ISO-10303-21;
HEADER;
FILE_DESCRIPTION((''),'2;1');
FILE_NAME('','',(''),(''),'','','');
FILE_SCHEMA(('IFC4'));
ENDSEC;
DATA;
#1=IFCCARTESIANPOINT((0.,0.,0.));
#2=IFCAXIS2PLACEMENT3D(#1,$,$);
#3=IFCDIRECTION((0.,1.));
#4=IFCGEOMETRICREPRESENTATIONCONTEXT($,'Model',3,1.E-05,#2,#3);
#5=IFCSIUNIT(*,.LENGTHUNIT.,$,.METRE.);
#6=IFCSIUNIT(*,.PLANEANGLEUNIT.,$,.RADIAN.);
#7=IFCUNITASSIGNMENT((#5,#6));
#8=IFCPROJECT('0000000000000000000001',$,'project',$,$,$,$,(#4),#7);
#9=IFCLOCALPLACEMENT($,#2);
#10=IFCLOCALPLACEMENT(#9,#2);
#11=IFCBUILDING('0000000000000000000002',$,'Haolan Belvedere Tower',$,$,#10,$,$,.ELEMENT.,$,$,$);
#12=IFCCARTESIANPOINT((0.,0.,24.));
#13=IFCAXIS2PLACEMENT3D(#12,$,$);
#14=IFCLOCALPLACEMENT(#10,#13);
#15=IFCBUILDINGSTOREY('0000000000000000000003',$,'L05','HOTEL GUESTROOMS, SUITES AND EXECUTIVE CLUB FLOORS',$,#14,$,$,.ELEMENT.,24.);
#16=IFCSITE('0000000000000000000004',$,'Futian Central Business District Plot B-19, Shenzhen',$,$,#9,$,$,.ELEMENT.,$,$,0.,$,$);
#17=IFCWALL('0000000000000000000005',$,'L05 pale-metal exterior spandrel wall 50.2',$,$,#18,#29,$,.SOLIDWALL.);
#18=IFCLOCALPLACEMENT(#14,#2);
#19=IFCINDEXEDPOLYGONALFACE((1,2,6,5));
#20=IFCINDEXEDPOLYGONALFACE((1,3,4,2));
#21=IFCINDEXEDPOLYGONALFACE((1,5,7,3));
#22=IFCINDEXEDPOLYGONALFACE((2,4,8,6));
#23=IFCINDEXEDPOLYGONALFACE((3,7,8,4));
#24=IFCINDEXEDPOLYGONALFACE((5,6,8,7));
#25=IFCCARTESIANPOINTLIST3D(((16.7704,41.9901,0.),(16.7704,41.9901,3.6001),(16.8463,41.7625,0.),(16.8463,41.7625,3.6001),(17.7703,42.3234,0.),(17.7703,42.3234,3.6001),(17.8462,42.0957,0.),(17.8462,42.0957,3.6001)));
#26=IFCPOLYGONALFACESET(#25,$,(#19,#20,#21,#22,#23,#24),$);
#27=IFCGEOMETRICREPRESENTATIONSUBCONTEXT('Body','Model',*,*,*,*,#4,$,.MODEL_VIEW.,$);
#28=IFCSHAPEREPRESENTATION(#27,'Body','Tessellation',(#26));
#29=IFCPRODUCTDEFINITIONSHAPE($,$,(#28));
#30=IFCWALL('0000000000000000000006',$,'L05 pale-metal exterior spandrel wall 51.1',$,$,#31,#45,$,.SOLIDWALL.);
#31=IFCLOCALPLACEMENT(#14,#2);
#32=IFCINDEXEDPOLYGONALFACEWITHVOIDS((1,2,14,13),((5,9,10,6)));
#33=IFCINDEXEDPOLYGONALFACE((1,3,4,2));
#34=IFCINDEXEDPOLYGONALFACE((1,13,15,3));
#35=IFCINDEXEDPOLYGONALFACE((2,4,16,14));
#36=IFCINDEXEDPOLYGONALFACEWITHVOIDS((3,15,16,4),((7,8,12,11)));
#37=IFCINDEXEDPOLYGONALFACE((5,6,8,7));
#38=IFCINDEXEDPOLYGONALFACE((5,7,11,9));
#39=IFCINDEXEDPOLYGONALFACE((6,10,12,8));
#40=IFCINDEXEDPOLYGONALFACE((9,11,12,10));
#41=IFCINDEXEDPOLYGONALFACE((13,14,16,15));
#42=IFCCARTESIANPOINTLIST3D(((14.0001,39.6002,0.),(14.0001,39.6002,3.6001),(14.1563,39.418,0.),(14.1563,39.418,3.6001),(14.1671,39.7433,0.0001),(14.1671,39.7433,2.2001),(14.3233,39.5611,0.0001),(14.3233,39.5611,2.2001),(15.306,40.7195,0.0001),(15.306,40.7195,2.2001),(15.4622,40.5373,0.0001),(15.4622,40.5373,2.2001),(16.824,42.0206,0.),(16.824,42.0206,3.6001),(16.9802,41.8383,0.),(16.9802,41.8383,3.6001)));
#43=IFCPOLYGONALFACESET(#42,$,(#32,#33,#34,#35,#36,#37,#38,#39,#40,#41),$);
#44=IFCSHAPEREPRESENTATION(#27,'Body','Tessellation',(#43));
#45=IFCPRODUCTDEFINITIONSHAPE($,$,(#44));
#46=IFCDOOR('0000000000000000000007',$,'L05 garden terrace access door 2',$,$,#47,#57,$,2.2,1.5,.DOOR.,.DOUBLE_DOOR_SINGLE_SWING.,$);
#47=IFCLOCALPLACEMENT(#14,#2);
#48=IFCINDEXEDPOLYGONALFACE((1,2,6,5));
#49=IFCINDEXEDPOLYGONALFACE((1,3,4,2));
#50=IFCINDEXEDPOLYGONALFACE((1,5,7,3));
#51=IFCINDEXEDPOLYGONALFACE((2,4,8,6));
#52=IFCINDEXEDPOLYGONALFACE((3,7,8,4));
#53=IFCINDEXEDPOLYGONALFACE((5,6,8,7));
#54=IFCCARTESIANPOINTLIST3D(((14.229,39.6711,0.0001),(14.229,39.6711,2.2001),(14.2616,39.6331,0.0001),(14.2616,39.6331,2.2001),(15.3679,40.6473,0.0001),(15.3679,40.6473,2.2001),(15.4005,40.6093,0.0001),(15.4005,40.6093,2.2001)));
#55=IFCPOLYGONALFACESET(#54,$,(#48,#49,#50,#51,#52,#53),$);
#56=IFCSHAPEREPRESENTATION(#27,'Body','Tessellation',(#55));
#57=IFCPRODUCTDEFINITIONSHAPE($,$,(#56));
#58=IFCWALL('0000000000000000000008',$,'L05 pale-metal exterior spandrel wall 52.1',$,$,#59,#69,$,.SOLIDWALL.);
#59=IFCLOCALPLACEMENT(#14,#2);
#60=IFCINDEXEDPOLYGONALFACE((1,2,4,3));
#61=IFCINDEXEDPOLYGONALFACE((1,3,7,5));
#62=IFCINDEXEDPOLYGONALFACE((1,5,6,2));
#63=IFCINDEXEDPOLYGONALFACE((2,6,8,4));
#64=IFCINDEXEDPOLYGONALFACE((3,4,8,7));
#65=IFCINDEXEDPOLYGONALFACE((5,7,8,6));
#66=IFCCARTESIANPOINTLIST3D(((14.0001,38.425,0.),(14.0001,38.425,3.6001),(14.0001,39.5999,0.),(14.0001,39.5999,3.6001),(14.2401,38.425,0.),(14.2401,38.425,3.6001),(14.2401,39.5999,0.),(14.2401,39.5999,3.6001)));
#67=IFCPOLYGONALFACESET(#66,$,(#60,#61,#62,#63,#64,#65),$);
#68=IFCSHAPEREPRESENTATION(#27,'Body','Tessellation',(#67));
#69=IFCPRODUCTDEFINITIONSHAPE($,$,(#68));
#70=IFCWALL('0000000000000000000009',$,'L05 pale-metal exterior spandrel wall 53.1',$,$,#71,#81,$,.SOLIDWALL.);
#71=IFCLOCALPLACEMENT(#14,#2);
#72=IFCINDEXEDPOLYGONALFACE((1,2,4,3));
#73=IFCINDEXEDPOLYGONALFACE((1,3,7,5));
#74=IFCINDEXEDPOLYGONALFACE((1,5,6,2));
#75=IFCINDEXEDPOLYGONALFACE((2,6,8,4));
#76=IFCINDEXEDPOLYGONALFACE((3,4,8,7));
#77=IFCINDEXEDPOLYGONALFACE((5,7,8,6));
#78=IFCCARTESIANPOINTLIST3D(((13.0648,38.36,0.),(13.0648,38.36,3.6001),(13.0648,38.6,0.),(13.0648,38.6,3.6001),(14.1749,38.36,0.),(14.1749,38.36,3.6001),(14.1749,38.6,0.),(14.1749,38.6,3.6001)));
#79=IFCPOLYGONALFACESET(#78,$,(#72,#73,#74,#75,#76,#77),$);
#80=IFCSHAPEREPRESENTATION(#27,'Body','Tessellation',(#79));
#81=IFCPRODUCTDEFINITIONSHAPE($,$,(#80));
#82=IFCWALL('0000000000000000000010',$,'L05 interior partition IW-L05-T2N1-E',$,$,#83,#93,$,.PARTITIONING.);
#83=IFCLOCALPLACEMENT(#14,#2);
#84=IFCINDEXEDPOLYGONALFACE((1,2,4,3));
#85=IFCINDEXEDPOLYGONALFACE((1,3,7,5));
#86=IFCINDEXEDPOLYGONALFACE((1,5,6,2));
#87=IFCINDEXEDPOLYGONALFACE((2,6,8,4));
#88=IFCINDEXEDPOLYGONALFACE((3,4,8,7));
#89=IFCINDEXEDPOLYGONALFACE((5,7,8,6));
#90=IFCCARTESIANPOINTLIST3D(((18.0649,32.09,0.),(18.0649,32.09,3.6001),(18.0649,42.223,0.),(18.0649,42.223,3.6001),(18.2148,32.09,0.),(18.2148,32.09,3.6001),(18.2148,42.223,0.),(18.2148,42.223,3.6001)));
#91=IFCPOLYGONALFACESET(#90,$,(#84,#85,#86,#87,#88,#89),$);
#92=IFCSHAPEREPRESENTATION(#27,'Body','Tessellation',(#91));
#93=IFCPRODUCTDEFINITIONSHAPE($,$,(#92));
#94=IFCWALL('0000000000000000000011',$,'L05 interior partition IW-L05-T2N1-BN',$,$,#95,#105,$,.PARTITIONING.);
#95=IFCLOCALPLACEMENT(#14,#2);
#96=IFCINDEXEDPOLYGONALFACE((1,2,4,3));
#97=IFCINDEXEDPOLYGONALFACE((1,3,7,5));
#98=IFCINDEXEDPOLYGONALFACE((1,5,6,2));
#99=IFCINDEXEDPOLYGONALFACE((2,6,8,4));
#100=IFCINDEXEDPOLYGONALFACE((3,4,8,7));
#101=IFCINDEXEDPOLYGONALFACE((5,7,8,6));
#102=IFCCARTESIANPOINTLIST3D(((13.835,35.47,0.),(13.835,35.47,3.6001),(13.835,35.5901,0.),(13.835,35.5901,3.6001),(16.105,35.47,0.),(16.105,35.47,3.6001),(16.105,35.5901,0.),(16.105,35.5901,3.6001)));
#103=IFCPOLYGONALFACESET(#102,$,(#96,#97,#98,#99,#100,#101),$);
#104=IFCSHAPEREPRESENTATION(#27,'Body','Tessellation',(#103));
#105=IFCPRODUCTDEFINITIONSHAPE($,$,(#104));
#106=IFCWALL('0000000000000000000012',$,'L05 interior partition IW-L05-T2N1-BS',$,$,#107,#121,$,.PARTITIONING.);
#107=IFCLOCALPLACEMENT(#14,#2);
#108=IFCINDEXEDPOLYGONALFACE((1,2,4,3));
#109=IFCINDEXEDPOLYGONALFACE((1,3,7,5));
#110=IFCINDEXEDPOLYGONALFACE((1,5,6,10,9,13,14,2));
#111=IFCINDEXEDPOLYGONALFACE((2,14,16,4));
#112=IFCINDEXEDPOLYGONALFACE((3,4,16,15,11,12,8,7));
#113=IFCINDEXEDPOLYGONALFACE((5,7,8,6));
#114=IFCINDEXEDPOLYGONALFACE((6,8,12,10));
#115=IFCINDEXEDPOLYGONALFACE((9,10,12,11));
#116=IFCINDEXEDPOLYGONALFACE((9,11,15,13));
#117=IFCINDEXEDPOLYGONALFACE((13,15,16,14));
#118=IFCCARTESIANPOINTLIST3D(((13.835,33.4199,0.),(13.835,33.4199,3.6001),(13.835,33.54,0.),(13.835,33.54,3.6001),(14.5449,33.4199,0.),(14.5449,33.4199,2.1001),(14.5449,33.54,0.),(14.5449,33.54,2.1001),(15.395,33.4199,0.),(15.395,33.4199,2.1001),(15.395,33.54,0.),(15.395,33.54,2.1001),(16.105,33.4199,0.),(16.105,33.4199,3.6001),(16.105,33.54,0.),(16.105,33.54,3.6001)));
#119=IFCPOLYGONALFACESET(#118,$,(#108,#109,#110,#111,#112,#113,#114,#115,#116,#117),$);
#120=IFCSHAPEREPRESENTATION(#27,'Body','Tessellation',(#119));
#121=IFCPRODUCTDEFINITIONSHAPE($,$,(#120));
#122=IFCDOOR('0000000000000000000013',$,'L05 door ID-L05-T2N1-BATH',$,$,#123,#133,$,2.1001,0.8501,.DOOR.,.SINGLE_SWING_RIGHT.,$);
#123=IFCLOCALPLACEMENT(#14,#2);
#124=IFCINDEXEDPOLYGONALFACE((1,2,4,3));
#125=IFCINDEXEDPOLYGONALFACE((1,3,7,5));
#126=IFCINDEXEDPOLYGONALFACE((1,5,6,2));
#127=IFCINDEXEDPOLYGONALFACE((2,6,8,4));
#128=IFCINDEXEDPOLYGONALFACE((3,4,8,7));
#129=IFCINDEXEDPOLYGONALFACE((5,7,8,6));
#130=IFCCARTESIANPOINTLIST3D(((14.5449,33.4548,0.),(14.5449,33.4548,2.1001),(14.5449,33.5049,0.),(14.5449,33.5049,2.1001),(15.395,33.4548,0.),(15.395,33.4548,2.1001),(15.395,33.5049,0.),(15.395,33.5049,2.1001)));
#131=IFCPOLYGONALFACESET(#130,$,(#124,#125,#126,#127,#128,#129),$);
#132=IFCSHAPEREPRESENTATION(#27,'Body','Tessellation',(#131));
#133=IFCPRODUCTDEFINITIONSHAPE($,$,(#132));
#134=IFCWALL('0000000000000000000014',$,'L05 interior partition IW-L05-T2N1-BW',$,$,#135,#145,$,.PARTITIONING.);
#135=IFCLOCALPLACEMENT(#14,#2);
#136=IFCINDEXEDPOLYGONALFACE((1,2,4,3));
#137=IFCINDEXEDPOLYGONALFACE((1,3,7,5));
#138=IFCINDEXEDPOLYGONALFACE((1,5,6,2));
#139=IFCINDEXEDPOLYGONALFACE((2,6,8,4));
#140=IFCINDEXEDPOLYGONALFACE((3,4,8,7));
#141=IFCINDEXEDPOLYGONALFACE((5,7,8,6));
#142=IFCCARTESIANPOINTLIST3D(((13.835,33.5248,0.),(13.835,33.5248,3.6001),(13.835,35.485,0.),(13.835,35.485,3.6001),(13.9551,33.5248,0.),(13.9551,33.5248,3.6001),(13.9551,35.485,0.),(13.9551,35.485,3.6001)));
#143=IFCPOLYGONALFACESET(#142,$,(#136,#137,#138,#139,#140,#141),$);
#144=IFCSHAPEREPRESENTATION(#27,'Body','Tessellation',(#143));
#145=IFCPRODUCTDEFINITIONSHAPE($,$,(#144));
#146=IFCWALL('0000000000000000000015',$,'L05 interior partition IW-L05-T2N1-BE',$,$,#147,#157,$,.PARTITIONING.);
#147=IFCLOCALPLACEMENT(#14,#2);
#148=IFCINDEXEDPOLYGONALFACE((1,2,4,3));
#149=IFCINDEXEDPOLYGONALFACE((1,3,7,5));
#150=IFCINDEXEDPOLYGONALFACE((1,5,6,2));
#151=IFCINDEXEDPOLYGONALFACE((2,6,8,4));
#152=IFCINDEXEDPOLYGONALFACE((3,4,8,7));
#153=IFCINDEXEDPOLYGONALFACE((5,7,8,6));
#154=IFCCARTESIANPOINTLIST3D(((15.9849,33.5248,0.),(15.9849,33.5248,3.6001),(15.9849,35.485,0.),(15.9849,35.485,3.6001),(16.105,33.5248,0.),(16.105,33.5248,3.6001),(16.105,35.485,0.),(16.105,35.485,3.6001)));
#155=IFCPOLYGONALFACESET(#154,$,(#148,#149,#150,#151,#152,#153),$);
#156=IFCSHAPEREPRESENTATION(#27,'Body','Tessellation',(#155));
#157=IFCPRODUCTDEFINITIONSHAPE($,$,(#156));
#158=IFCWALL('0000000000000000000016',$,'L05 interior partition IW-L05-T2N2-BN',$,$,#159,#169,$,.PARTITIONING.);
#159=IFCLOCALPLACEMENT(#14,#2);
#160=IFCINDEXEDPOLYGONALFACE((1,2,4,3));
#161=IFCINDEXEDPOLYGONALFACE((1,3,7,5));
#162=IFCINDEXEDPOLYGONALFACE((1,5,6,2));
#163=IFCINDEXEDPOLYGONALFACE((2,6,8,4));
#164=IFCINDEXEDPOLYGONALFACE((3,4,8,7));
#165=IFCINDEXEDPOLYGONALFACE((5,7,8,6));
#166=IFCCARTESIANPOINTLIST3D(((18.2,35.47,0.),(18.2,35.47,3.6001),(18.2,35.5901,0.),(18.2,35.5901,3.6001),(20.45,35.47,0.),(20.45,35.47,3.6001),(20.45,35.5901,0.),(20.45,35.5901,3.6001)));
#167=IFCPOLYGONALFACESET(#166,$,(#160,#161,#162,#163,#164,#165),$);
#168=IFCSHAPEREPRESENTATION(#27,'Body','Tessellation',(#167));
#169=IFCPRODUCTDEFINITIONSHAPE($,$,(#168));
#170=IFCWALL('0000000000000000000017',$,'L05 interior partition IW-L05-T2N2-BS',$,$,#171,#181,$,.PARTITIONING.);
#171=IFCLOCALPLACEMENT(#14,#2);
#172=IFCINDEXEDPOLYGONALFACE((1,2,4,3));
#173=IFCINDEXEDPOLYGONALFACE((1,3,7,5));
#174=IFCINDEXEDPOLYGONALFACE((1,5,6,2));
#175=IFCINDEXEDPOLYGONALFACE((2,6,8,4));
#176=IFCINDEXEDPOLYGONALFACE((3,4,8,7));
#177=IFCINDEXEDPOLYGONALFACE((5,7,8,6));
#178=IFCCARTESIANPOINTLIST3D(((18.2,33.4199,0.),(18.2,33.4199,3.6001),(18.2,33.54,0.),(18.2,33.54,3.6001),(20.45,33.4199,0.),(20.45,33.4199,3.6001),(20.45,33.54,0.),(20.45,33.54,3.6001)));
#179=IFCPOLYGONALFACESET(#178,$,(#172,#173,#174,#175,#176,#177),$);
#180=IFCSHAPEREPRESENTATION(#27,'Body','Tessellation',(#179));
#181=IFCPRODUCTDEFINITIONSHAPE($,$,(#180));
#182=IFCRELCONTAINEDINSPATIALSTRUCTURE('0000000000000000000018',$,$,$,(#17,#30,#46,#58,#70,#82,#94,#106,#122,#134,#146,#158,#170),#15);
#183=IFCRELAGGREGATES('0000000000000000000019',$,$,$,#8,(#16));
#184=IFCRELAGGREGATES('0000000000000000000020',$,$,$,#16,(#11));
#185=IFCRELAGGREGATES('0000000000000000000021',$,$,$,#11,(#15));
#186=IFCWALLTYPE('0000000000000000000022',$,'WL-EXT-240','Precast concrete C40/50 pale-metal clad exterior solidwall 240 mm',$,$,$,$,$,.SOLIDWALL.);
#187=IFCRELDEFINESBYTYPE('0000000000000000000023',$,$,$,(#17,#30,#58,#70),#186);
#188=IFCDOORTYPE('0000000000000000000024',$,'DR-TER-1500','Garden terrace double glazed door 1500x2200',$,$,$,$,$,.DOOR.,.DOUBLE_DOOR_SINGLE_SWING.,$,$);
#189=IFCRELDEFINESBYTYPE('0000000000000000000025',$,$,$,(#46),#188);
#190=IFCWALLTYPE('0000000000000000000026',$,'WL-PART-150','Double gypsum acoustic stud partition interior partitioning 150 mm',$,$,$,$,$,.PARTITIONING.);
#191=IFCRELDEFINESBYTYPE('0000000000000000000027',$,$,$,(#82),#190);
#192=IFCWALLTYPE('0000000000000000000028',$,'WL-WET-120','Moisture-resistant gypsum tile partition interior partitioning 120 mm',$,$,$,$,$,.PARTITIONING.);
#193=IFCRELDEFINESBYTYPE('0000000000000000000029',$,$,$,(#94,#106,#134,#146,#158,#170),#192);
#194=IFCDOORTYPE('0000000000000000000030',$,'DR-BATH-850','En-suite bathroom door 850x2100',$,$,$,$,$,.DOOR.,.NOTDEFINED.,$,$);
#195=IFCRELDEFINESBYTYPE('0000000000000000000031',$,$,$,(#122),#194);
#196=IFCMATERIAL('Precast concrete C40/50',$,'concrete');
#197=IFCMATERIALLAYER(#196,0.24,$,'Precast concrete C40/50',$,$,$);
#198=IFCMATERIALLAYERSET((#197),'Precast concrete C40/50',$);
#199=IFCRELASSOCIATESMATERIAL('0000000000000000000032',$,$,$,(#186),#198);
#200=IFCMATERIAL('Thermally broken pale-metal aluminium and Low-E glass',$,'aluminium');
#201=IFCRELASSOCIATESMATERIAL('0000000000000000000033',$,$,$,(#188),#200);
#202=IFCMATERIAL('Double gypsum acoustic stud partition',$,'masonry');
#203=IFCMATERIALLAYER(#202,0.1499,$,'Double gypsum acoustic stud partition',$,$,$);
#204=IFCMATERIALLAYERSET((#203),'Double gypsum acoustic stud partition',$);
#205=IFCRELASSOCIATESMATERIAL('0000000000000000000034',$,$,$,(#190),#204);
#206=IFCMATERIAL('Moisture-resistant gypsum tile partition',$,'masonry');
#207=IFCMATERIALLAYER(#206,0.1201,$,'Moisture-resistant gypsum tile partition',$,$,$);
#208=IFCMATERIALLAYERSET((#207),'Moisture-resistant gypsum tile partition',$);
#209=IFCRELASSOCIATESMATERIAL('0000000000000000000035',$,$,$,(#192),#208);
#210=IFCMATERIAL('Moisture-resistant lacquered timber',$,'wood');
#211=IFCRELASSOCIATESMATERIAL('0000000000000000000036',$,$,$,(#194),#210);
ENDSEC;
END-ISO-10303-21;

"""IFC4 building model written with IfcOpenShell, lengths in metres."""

from ifc_helpers import new_model, si_unit, direction, frame, frame_2d, origin, place, context, subcontext, project, spatial, rectangle, extrude, material, layer, layer_set, type_object, element, fill, save


model = new_model("IFC4")

# Units and contexts
model_context = context("Model", 3, precision=1e-05, world=origin(), true_north=direction((0.0, 1.0)))
body_context = subcontext(model_context, "Body", "Model", "MODEL_VIEW")
ifc_project = project(units=[si_unit("LENGTHUNIT", "METRE"), si_unit("PLANEANGLEUNIT", "RADIAN")], contexts=[model_context])

# Site, building, storey
site_placement = place(None, origin())
site = spatial("IfcSite", under=ifc_project, at=site_placement, Name="Futian Central Business District Plot B-19, Shenzhen", CompositionType="ELEMENT", RefElevation=0.0)
building_placement = place(site_placement, origin())
building = spatial("IfcBuilding", under=site, at=building_placement, Name="Haolan Belvedere Tower", CompositionType="ELEMENT")
storey_placement = place(building_placement, frame((0.0, 0.0, 24.0)))
storey = spatial("IfcBuildingStorey", under=building, at=storey_placement, Name="L05", Description="HOTEL GUESTROOMS, SUITES AND EXECUTIVE CLUB FLOORS", CompositionType="ELEMENT", Elevation=24.0)

# Wall
ifc_material_1 = material(Name="Precast concrete C40/50", Category="concrete")
ifc_layer_1 = layer(ifc_material_1, 0.24, Name="Precast concrete C40/50")
ifc_layer_set_1 = layer_set([ifc_layer_1], Name="Precast concrete C40/50")
wall_type_1 = type_object("IfcWallType", Name="WL-EXT-240", Description="Precast concrete C40/50 pale-metal clad exterior solidwall 240 mm", PredefinedType="SOLIDWALL", material=ifc_layer_set_1)
wall_1_placement = place(storey_placement, frame((17.8081, 42.2095, 0.0), z_axis=(0.0, 0.0, 1.0), x_axis=(-0.948706, -0.316158, 0.0)))
element("IfcWall", 1, at=wall_1_placement, inside=storey, type_object=wall_type_1, Name="L05 pale-metal exterior spandrel wall 50.2", PredefinedType="SOLIDWALL", context=body_context, shape_type="SweptSolid", body=[
    extrude(rectangle(XDim=1.054, YDim=0.24, at=frame_2d((0.5269, 0.0))), origin(), (0.0, 0.0, 1.0), 3.6001),
])

# Wall, opening, door
wall_2_placement = place(storey_placement, frame((16.9021, 41.9294, 0.0), z_axis=(0.0, 0.0, 1.0), x_axis=(-0.759275, -0.65077, 0.0)))
wall_2 = element("IfcWall", 2, at=wall_2_placement, inside=storey, type_object=wall_type_1, Name="L05 pale-metal exterior spandrel wall 51.1", PredefinedType="SOLIDWALL", context=body_context, shape_type="SweptSolid", body=[
    extrude(rectangle(XDim=3.7192, YDim=0.24, at=frame_2d((1.8596, 0.0))), origin(), (0.0, 0.0, 1.0), 3.6001),
])
opening_1_placement = place(wall_2_placement, frame((3.4993, 0.0, 0.0), z_axis=(0.0, 0.0, 1.0), x_axis=(-1.0, 0.0, 0.0)))
opening_1 = element("IfcOpeningElement", 3, at=opening_1_placement, cuts=wall_2, PredefinedType="OPENING", context=body_context, shape_type="SweptSolid", body=[
    extrude(rectangle(XDim=1.5, YDim=2.2, at=frame_2d((0.75, 1.1001))), frame((0.0, 0.1299, 0.0), z_axis=(0.0, -1.0, 0.0), x_axis=(1.0, 0.0, 0.0)), (0.0, 0.0, 1.0), 0.26),
])
ifc_material_2 = material(Name="Thermally broken pale-metal aluminium and Low-E glass", Category="aluminium")
door_type_1 = type_object("IfcDoorType", Name="DR-TER-1500", Description="Garden terrace double glazed door 1500x2200", OperationType="DOUBLE_DOOR_SINGLE_SWING", PredefinedType="DOOR", material=ifc_material_2)
door_1_placement = place(opening_1_placement, origin())
door_1 = element("IfcDoor", 4, at=door_1_placement, inside=storey, type_object=door_type_1, Name="L05 garden terrace access door 2", OperationType="DOUBLE_DOOR_SINGLE_SWING", OverallHeight=2.2, OverallWidth=1.5, PredefinedType="DOOR", context=body_context, shape_type="SweptSolid", body=[
    extrude(rectangle(XDim=1.5, YDim=2.2, at=frame_2d((0.75, 1.1001))), frame((0.0, 0.0249, 0.0), z_axis=(0.0, -1.0, 0.0), x_axis=(1.0, 0.0, 0.0)), (0.0, 0.0, 1.0), 0.05),
])
fill(opening_1, door_1)

# Walls
wall_3_placement = place(storey_placement, frame((14.1201, 39.5999, 0.0), z_axis=(0.0, 0.0, 1.0), x_axis=(0.0, -1.0, 0.0)))
element("IfcWall", 5, at=wall_3_placement, inside=storey, type_object=wall_type_1, Name="L05 pale-metal exterior spandrel wall 52.1", PredefinedType="SOLIDWALL", context=body_context, shape_type="SweptSolid", body=[
    extrude(rectangle(XDim=1.1748, YDim=0.24, at=frame_2d((0.5874, 0.0))), origin(), (0.0, 0.0, 1.0), 3.6001),
])
wall_4_placement = place(storey_placement, frame((14.175, 38.48, 0.0), z_axis=(0.0, 0.0, 1.0), x_axis=(-1.0, 0.0, 0.0)))
element("IfcWall", 6, at=wall_4_placement, inside=storey, type_object=wall_type_1, Name="L05 pale-metal exterior spandrel wall 53.1", PredefinedType="SOLIDWALL", context=body_context, shape_type="SweptSolid", body=[
    extrude(rectangle(XDim=1.1101, YDim=0.24, at=frame_2d((0.5552, 0.0))), origin(), (0.0, 0.0, 1.0), 3.6001),
])
ifc_material_3 = material(Name="Double gypsum acoustic stud partition", Category="masonry")
ifc_layer_2 = layer(ifc_material_3, 0.1499, Name="Double gypsum acoustic stud partition")
ifc_layer_set_2 = layer_set([ifc_layer_2], Name="Double gypsum acoustic stud partition")
wall_type_2 = type_object("IfcWallType", Name="WL-PART-150", Description="Double gypsum acoustic stud partition interior partitioning 150 mm", PredefinedType="PARTITIONING", material=ifc_layer_set_2)
wall_5_placement = place(storey_placement, frame((18.1399, 32.0901, 0.0), z_axis=(0.0, 0.0, 1.0), x_axis=(0.0, 1.0, 0.0)))
element("IfcWall", 7, at=wall_5_placement, inside=storey, type_object=wall_type_2, Name="L05 interior partition IW-L05-T2N1-E", PredefinedType="PARTITIONING", context=body_context, shape_type="SweptSolid", body=[
    extrude(rectangle(XDim=10.1331, YDim=0.1499, at=frame_2d((5.0664, 0.0))), origin(), (0.0, 0.0, 1.0), 3.6001),
])

# Wall
ifc_material_4 = material(Name="Moisture-resistant gypsum tile partition", Category="masonry")
ifc_layer_3 = layer(ifc_material_4, 0.1201, Name="Moisture-resistant gypsum tile partition")
ifc_layer_set_3 = layer_set([ifc_layer_3], Name="Moisture-resistant gypsum tile partition")
wall_type_3 = type_object("IfcWallType", Name="WL-WET-120", Description="Moisture-resistant gypsum tile partition interior partitioning 120 mm", PredefinedType="PARTITIONING", material=ifc_layer_set_3)
wall_6_placement = place(storey_placement, frame((13.835, 35.53, 0.0), z_axis=(0.0, 0.0, 1.0), x_axis=(1.0, 0.0, 0.0)))
element("IfcWall", 8, at=wall_6_placement, inside=storey, type_object=wall_type_3, Name="L05 interior partition IW-L05-T2N1-BN", PredefinedType="PARTITIONING", context=body_context, shape_type="SweptSolid", body=[
    extrude(rectangle(XDim=2.27, YDim=0.1201, at=frame_2d((1.135, 0.0))), origin(), (0.0, 0.0, 1.0), 3.6001),
])

# Wall, opening, door
wall_7_placement = place(storey_placement, frame((13.835, 33.48, 0.0), z_axis=(0.0, 0.0, 1.0), x_axis=(1.0, 0.0, 0.0)))
wall_7 = element("IfcWall", 9, at=wall_7_placement, inside=storey, type_object=wall_type_3, Name="L05 interior partition IW-L05-T2N1-BS", PredefinedType="PARTITIONING", context=body_context, shape_type="SweptSolid", body=[
    extrude(rectangle(XDim=2.27, YDim=0.1201, at=frame_2d((1.135, 0.0))), origin(), (0.0, 0.0, 1.0), 3.6001),
])
opening_2_placement = place(wall_7_placement, frame((0.71, 0.0, 0.0)))
opening_2 = element("IfcOpeningElement", 10, at=opening_2_placement, cuts=wall_7, PredefinedType="OPENING", context=body_context, shape_type="SweptSolid", body=[
    extrude(rectangle(XDim=0.8501, YDim=2.1001, at=frame_2d((0.425, 1.05))), frame((0.0, 0.0701, 0.0), z_axis=(0.0, -1.0, 0.0), x_axis=(1.0, 0.0, 0.0)), (0.0, 0.0, 1.0), 0.1401),
])
ifc_material_5 = material(Name="Moisture-resistant lacquered timber", Category="wood")
door_type_2 = type_object("IfcDoorType", Name="DR-BATH-850", Description="En-suite bathroom door 850x2100", OperationType="NOTDEFINED", PredefinedType="DOOR", material=ifc_material_5)
door_2_placement = place(opening_2_placement, origin())
door_2 = element("IfcDoor", 11, at=door_2_placement, inside=storey, type_object=door_type_2, Name="L05 door ID-L05-T2N1-BATH", OperationType="SINGLE_SWING_RIGHT", OverallHeight=2.1001, OverallWidth=0.8501, PredefinedType="DOOR", context=body_context, shape_type="SweptSolid", body=[
    extrude(rectangle(XDim=0.8501, YDim=2.1001, at=frame_2d((0.425, 1.05))), frame((0.0, 0.0249, 0.0), z_axis=(0.0, -1.0, 0.0), x_axis=(1.0, 0.0, 0.0)), (0.0, 0.0, 1.0), 0.05),
])
fill(opening_2, door_2)

# Walls
for number, where, z_axis, x_axis, name in (
    (12, (13.895, 33.5249, 0.0), (0.0, 0.0, 1.0), (0.0, 1.0, 0.0), "L05 interior partition IW-L05-T2N1-BW"),
    (13, (16.0449, 33.5249, 0.0), (0.0, 0.0, 1.0), (0.0, 1.0, 0.0), "L05 interior partition IW-L05-T2N1-BE"),
):
    element("IfcWall", number, at=place(storey_placement, frame(where, z_axis=z_axis, x_axis=x_axis)), inside=storey, type_object=wall_type_3, Name=name, PredefinedType="PARTITIONING", context=body_context, shape_type="SweptSolid", body=[
        extrude(rectangle(XDim=1.9602, YDim=0.1201, at=frame_2d((0.98, 0.0))), origin(), (0.0, 0.0, 1.0), 3.6001),
    ])
for number, where, z_axis, x_axis, name in (
    (14, (18.2, 35.53, 0.0), (0.0, 0.0, 1.0), (1.0, 0.0, 0.0), "L05 interior partition IW-L05-T2N2-BN"),
    (15, (18.2, 33.48, 0.0), (0.0, 0.0, 1.0), (1.0, 0.0, 0.0), "L05 interior partition IW-L05-T2N2-BS"),
):
    element("IfcWall", number, at=place(storey_placement, frame(where, z_axis=z_axis, x_axis=x_axis)), inside=storey, type_object=wall_type_3, Name=name, PredefinedType="PARTITIONING", context=body_context, shape_type="SweptSolid", body=[
        extrude(rectangle(XDim=2.25, YDim=0.1201, at=frame_2d((1.125, 0.0))), origin(), (0.0, 0.0, 1.0), 3.6001),
    ])

save(model, "model.ifc")
